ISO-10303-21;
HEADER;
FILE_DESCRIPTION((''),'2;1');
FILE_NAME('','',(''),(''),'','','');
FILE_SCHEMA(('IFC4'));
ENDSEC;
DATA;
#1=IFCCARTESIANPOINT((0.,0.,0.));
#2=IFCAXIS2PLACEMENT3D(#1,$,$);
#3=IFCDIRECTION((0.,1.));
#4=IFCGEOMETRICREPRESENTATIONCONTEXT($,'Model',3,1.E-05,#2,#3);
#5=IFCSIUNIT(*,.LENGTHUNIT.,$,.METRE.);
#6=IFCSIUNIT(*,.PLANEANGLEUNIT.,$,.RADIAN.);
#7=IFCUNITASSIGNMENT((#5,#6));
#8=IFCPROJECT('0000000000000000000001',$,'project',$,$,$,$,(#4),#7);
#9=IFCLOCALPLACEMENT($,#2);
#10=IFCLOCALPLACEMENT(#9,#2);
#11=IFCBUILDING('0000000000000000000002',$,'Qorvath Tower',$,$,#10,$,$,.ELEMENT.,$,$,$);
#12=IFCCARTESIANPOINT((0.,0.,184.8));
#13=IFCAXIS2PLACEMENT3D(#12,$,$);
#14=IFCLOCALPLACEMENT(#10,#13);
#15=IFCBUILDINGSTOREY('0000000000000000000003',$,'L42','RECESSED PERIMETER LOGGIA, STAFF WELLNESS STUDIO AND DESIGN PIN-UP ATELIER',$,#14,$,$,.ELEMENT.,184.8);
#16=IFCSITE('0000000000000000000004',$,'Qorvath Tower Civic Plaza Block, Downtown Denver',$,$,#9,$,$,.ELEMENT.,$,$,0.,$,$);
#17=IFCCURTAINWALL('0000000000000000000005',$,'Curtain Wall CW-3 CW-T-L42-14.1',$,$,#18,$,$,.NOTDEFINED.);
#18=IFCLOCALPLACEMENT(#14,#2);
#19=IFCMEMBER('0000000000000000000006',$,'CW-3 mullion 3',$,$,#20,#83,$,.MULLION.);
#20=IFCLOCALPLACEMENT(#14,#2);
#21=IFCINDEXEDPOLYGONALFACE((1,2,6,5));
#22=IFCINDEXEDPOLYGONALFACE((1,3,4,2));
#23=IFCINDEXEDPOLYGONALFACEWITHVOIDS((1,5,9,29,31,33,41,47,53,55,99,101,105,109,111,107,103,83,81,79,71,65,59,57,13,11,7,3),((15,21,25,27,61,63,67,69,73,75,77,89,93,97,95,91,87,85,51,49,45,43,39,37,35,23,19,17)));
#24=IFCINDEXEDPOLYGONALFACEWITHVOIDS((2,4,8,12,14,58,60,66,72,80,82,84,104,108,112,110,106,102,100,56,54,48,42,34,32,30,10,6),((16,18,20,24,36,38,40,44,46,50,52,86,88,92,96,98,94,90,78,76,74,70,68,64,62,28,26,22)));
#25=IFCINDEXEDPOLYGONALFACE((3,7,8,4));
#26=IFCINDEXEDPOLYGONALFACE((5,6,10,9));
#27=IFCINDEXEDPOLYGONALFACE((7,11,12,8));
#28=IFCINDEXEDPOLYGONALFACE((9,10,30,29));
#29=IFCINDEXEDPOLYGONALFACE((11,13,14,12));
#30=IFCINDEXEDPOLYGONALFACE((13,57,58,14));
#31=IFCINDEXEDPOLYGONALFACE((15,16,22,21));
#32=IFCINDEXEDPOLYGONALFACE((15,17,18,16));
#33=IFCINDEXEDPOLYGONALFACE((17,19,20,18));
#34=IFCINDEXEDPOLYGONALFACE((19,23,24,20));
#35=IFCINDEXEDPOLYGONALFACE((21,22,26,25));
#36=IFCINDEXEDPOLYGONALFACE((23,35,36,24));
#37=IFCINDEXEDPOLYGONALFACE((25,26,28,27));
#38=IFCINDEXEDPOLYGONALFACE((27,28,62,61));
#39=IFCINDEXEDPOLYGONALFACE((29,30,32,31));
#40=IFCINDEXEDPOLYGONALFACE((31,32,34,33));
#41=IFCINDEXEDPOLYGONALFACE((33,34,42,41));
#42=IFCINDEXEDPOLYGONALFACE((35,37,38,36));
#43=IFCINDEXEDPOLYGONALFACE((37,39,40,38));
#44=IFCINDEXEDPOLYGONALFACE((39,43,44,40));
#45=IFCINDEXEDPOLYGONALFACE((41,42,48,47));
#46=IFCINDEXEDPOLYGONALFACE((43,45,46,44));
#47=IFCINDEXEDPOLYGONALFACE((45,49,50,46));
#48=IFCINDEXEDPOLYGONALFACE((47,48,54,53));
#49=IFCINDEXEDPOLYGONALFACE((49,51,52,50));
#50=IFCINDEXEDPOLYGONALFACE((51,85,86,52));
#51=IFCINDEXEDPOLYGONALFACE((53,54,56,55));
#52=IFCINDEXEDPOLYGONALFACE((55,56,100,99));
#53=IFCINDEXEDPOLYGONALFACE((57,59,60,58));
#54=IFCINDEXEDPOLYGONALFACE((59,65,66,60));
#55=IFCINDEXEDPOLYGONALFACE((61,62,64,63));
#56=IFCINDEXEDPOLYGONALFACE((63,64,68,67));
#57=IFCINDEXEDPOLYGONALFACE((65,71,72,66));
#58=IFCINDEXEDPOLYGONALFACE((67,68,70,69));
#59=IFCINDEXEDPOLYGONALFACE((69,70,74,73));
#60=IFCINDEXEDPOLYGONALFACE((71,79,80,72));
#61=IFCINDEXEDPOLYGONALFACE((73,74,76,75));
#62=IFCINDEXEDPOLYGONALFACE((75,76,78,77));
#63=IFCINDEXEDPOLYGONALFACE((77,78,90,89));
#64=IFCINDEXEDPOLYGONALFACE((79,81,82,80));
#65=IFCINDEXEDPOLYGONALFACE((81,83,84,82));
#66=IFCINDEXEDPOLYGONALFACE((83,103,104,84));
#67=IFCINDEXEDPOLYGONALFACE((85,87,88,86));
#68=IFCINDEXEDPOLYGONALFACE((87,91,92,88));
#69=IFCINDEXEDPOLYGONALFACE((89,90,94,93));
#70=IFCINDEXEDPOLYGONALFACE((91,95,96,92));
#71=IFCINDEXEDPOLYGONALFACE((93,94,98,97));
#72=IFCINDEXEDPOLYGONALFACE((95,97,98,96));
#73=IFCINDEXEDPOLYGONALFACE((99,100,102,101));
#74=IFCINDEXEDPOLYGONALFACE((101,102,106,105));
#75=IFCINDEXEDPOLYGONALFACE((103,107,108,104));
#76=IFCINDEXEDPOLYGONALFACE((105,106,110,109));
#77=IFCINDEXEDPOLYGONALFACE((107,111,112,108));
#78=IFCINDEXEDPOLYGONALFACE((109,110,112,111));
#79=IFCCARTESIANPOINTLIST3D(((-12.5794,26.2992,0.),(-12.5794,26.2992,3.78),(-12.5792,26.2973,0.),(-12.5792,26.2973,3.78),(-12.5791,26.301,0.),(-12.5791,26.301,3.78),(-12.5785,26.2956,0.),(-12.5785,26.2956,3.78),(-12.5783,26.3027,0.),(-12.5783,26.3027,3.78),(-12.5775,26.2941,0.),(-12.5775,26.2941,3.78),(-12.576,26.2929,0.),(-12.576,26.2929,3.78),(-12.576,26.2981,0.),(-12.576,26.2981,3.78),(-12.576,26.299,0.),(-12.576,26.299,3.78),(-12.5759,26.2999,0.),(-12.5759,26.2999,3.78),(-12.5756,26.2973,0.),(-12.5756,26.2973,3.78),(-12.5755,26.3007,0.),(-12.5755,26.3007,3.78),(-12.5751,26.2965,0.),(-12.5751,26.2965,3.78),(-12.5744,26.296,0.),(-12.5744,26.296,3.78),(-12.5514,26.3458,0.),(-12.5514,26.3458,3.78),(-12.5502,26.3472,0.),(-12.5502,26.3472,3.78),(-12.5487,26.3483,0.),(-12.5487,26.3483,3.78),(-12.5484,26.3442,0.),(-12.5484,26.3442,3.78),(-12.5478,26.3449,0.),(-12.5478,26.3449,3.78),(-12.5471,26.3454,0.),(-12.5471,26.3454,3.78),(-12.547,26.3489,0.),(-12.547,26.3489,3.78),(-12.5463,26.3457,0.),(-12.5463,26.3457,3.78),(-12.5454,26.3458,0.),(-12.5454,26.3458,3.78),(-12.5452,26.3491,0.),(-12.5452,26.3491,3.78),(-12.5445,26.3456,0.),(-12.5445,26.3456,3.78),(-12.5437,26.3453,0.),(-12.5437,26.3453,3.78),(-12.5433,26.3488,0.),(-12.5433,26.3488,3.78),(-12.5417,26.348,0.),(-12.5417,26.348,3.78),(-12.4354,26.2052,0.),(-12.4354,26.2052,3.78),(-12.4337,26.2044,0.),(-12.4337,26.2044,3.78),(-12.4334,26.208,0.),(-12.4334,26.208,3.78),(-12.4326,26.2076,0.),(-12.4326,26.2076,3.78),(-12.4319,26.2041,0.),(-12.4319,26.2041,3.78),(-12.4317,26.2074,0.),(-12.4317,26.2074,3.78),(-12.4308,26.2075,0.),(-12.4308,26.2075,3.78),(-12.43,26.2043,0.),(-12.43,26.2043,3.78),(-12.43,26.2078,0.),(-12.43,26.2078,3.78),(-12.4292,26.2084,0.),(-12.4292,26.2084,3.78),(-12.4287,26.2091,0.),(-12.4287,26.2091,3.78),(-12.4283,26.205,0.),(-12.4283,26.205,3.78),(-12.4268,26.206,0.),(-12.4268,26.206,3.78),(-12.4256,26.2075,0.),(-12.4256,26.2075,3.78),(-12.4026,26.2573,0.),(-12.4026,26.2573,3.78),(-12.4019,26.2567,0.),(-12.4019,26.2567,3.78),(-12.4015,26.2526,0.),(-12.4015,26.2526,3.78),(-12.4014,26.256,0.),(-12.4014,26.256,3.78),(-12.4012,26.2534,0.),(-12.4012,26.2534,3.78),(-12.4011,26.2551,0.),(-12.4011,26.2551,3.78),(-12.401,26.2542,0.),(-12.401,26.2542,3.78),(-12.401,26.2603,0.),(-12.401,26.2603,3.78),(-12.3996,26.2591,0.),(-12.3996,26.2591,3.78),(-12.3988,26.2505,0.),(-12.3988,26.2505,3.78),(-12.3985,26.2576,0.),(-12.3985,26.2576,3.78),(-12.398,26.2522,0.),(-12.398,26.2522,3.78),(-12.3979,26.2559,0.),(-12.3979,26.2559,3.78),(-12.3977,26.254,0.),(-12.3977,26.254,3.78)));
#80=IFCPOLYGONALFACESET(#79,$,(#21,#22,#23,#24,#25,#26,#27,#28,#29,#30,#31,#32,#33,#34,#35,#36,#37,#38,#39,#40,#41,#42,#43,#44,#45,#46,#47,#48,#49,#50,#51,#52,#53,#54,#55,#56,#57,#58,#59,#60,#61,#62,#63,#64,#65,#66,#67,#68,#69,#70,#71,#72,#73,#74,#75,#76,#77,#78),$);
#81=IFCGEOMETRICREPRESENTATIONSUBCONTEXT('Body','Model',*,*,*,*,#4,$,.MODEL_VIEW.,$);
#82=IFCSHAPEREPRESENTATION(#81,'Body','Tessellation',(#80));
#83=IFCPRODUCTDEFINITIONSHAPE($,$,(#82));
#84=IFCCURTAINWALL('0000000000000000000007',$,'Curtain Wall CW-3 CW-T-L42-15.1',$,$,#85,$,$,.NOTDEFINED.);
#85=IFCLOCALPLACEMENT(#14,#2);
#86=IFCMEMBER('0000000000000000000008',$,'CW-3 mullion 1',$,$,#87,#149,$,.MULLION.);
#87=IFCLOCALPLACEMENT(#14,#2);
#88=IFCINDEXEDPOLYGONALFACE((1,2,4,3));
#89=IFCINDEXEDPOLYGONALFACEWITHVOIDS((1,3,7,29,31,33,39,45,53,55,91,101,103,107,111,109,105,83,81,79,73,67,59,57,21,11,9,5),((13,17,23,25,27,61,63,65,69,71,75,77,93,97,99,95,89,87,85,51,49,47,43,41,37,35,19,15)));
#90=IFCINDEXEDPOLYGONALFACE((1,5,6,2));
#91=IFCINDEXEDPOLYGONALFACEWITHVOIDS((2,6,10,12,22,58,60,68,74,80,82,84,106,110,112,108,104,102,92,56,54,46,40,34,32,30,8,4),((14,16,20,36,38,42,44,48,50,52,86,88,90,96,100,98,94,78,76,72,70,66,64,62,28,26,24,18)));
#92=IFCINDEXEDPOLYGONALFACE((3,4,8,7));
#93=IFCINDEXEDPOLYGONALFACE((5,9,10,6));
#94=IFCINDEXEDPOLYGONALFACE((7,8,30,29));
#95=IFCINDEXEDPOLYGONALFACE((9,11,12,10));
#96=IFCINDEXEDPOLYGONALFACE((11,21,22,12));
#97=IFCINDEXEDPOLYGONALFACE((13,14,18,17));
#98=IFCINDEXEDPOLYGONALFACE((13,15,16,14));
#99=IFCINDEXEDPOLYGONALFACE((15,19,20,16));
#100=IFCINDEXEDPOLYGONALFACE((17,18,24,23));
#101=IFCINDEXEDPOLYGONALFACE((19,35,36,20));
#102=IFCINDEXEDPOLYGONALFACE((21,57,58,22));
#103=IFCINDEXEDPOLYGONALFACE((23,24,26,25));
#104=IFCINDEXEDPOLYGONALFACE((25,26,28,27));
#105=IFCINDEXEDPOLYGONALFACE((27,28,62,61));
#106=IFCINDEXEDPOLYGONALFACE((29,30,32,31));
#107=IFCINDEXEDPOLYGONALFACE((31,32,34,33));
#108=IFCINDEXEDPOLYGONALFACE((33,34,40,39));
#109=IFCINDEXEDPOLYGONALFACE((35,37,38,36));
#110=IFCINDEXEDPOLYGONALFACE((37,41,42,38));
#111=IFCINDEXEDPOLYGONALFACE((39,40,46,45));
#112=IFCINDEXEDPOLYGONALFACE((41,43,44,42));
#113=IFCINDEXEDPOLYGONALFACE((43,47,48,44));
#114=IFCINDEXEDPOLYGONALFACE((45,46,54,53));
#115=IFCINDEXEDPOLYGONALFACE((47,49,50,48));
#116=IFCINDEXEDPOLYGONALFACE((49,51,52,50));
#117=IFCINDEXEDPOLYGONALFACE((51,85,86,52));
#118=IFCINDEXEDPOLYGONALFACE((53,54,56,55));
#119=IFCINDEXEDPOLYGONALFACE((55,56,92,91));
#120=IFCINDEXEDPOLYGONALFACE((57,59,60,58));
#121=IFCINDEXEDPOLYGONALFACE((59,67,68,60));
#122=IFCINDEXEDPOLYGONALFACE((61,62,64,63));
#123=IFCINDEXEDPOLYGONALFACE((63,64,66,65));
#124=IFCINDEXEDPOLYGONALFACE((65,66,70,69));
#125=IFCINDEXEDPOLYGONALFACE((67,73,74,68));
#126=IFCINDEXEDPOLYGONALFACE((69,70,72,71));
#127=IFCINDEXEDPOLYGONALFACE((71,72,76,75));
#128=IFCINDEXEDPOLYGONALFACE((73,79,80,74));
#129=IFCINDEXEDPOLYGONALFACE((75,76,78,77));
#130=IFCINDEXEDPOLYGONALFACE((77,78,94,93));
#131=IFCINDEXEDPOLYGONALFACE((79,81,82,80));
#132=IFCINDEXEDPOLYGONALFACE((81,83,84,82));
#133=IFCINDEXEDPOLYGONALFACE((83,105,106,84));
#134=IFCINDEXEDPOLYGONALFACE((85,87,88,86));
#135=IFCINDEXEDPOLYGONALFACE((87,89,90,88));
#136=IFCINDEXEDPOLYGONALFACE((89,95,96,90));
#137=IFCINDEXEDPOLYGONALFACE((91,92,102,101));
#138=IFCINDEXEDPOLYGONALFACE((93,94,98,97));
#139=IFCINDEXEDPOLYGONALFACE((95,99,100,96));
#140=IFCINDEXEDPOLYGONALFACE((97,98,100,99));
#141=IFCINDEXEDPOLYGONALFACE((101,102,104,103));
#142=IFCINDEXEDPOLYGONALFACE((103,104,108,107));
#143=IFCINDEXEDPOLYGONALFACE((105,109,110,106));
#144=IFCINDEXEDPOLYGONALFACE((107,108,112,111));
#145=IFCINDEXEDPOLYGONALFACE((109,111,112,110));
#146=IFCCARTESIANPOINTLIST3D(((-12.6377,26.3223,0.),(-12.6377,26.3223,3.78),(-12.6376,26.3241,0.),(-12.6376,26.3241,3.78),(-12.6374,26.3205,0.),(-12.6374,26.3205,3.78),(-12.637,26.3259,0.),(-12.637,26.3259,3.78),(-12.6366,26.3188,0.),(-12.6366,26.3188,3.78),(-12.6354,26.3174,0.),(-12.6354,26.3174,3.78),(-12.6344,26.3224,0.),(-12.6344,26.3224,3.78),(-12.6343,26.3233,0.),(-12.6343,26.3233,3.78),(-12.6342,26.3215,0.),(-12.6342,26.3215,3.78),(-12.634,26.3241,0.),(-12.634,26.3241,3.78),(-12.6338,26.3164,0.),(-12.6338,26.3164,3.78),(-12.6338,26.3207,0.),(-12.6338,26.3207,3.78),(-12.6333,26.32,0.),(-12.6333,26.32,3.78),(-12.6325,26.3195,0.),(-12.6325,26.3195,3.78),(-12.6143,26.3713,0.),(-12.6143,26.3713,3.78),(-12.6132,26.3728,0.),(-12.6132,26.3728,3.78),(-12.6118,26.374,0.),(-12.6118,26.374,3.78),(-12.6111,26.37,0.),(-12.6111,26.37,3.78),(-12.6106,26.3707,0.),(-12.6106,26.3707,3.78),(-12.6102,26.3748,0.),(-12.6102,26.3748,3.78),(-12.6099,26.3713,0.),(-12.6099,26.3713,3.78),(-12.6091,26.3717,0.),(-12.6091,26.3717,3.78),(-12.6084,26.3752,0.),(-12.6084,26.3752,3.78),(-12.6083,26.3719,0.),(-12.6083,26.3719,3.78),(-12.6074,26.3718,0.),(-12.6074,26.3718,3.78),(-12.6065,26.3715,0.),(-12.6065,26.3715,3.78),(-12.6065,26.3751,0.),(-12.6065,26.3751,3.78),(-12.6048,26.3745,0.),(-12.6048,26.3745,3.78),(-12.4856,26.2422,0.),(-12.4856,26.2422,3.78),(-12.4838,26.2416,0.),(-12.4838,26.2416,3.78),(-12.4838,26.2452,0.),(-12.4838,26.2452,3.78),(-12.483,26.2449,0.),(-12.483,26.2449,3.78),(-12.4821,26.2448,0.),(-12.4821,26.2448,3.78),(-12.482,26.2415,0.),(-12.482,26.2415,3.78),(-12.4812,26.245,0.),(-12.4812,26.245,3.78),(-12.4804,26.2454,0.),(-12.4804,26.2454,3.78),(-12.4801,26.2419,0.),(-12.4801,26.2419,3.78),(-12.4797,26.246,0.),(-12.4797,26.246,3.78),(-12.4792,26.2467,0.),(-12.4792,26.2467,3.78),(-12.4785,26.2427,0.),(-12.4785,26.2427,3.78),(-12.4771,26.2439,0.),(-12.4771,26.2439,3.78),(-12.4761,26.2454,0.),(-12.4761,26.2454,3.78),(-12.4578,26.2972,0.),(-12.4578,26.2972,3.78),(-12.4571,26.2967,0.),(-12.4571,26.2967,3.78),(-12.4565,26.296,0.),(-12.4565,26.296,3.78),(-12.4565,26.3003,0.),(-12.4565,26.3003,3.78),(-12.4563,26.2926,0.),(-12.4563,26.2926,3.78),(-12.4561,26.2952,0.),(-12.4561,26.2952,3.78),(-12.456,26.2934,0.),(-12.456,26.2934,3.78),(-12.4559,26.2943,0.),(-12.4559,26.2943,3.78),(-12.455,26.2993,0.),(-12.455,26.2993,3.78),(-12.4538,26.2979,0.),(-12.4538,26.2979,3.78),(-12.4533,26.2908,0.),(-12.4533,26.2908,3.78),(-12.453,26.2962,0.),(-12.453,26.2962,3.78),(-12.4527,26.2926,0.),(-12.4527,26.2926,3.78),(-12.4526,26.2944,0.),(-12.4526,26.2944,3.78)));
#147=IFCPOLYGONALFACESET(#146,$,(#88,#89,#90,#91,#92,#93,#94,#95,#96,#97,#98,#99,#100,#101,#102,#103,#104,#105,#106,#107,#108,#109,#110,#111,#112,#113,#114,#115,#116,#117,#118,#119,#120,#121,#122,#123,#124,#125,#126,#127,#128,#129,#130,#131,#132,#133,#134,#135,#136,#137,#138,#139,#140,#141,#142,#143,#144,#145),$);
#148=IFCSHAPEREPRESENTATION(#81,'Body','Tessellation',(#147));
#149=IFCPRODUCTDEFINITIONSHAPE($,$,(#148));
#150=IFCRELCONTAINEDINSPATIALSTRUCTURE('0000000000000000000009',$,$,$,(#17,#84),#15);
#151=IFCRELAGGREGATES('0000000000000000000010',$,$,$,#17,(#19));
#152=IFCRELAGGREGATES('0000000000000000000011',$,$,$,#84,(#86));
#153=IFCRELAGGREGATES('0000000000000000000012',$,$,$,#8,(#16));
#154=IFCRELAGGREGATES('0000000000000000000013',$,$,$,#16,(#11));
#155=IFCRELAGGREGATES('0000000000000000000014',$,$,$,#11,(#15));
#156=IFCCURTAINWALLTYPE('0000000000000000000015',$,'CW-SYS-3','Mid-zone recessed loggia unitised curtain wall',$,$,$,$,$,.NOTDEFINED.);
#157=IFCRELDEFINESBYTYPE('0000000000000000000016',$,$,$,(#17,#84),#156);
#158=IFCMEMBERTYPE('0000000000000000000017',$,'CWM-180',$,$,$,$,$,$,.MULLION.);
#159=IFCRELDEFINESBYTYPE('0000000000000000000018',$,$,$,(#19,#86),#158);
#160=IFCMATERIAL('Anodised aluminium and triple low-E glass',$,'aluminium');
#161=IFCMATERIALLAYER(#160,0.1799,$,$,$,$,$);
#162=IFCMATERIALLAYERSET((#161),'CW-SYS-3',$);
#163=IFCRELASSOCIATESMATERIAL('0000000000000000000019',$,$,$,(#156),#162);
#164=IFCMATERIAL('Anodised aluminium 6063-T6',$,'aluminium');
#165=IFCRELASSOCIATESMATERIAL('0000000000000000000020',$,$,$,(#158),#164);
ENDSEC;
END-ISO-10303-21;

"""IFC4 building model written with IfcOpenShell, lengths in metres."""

from ifc_helpers import new_model, si_unit, direction, frame, origin, origin_2d, place, context, subcontext, project, spatial, hollow_rectangle, extrude, material, layer, layer_set, material_profile, profile_set, type_object, element, aggregate, save


model = new_model("IFC4")

# Units and contexts
model_context = context("Model", 3, precision=1e-05, world=origin(), true_north=direction((0.0, 1.0)))
body_context = subcontext(model_context, "Body", "Model", "MODEL_VIEW")
ifc_project = project(units=[si_unit("LENGTHUNIT", "METRE"), si_unit("PLANEANGLEUNIT", "RADIAN")], contexts=[model_context])

# Site, building, storey
site_placement = place(None, origin())
site = spatial("IfcSite", under=ifc_project, at=site_placement, Name="Qorvath Tower Civic Plaza Block, Downtown Denver", CompositionType="ELEMENT", RefElevation=0.0)
building_placement = place(site_placement, origin())
building = spatial("IfcBuilding", under=site, at=building_placement, Name="Qorvath Tower", CompositionType="ELEMENT")
storey_placement = place(building_placement, frame((0.0, 0.0, 184.8)))
storey = spatial("IfcBuildingStorey", under=building, at=storey_placement, Name="L42", Description="RECESSED PERIMETER LOGGIA, STAFF WELLNESS STUDIO AND DESIGN PIN-UP ATELIER", CompositionType="ELEMENT", Elevation=184.8)

# Shared definitions
ifc_material_1 = material(Name="Anodised aluminium and triple low-E glass", Category="aluminium")
ifc_layer_1 = layer(ifc_material_1, 0.1799)
ifc_layer_set_1 = layer_set([ifc_layer_1], Name="CW-SYS-3")
curtain_wall_type = type_object("IfcCurtainWallType", Name="CW-SYS-3", Description="Mid-zone recessed loggia unitised curtain wall", PredefinedType="NOTDEFINED", material=ifc_layer_set_1)
ifc_material_2 = material(Name="Anodised aluminium 6063-T6", Category="aluminium")
ifc_material_profile_1 = material_profile(ifc_material_2, hollow_rectangle(XDim=0.0649, YDim=0.1799, WallThickness=0.0034, InnerFilletRadius=0.0034, OuterFilletRadius=0.0071, at=origin_2d()), Name="CWM 180x65")
ifc_profile_set_1 = profile_set([ifc_material_profile_1], Name="Anodised aluminium 6063-T6")
member_type_1 = type_object("IfcMemberType", Name="CWM-180", PredefinedType="MULLION", material=ifc_profile_set_1)

# Curtain walls, members
curtain_wall_1_placement = place(storey_placement, origin())
curtain_wall_1 = element("IfcCurtainWall", 1, at=curtain_wall_1_placement, inside=storey, type_object=curtain_wall_type, Name="Curtain Wall CW-3 CW-T-L42-14.1", PredefinedType="NOTDEFINED")
member_1_placement = place(storey_placement, frame((-12.4885, 26.2766, 0.0), z_axis=(0.0, 0.0, 1.0), x_axis=(-0.529252, -0.848464, 0.0)))
member_1 = element("IfcMember", 2, at=member_1_placement, type_object=member_type_1, Name="CW-3 mullion 3", PredefinedType="MULLION", context=body_context, shape_type="SweptSolid", body=[
    extrude(hollow_rectangle(XDim=0.0649, YDim=0.1799, WallThickness=0.0034, InnerFilletRadius=0.0034, OuterFilletRadius=0.0071, at=origin_2d()), origin(), (0.0, 0.0, 1.0), 3.78),
])
curtain_wall_2_placement = place(storey_placement, origin())
curtain_wall_2 = element("IfcCurtainWall", 3, at=curtain_wall_2_placement, inside=storey, type_object=curtain_wall_type, Name="Curtain Wall CW-3 CW-T-L42-15.1", PredefinedType="NOTDEFINED")
member_2_placement = place(storey_placement, frame((-12.5452, 26.3083, 0.0), z_axis=(0.0, 0.0, 1.0), x_axis=(-0.447196, -0.894436, 0.0)))
member_2 = element("IfcMember", 4, at=member_2_placement, type_object=member_type_1, Name="CW-3 mullion 1", PredefinedType="MULLION", context=body_context, shape_type="SweptSolid", body=[
    extrude(hollow_rectangle(XDim=0.0649, YDim=0.1799, WallThickness=0.0034, InnerFilletRadius=0.0034, OuterFilletRadius=0.0071, at=origin_2d()), origin(), (0.0, 0.0, 1.0), 3.78),
])

aggregate(curtain_wall_1, [member_1])
aggregate(curtain_wall_2, [member_2])

save(model, "model.ifc")
